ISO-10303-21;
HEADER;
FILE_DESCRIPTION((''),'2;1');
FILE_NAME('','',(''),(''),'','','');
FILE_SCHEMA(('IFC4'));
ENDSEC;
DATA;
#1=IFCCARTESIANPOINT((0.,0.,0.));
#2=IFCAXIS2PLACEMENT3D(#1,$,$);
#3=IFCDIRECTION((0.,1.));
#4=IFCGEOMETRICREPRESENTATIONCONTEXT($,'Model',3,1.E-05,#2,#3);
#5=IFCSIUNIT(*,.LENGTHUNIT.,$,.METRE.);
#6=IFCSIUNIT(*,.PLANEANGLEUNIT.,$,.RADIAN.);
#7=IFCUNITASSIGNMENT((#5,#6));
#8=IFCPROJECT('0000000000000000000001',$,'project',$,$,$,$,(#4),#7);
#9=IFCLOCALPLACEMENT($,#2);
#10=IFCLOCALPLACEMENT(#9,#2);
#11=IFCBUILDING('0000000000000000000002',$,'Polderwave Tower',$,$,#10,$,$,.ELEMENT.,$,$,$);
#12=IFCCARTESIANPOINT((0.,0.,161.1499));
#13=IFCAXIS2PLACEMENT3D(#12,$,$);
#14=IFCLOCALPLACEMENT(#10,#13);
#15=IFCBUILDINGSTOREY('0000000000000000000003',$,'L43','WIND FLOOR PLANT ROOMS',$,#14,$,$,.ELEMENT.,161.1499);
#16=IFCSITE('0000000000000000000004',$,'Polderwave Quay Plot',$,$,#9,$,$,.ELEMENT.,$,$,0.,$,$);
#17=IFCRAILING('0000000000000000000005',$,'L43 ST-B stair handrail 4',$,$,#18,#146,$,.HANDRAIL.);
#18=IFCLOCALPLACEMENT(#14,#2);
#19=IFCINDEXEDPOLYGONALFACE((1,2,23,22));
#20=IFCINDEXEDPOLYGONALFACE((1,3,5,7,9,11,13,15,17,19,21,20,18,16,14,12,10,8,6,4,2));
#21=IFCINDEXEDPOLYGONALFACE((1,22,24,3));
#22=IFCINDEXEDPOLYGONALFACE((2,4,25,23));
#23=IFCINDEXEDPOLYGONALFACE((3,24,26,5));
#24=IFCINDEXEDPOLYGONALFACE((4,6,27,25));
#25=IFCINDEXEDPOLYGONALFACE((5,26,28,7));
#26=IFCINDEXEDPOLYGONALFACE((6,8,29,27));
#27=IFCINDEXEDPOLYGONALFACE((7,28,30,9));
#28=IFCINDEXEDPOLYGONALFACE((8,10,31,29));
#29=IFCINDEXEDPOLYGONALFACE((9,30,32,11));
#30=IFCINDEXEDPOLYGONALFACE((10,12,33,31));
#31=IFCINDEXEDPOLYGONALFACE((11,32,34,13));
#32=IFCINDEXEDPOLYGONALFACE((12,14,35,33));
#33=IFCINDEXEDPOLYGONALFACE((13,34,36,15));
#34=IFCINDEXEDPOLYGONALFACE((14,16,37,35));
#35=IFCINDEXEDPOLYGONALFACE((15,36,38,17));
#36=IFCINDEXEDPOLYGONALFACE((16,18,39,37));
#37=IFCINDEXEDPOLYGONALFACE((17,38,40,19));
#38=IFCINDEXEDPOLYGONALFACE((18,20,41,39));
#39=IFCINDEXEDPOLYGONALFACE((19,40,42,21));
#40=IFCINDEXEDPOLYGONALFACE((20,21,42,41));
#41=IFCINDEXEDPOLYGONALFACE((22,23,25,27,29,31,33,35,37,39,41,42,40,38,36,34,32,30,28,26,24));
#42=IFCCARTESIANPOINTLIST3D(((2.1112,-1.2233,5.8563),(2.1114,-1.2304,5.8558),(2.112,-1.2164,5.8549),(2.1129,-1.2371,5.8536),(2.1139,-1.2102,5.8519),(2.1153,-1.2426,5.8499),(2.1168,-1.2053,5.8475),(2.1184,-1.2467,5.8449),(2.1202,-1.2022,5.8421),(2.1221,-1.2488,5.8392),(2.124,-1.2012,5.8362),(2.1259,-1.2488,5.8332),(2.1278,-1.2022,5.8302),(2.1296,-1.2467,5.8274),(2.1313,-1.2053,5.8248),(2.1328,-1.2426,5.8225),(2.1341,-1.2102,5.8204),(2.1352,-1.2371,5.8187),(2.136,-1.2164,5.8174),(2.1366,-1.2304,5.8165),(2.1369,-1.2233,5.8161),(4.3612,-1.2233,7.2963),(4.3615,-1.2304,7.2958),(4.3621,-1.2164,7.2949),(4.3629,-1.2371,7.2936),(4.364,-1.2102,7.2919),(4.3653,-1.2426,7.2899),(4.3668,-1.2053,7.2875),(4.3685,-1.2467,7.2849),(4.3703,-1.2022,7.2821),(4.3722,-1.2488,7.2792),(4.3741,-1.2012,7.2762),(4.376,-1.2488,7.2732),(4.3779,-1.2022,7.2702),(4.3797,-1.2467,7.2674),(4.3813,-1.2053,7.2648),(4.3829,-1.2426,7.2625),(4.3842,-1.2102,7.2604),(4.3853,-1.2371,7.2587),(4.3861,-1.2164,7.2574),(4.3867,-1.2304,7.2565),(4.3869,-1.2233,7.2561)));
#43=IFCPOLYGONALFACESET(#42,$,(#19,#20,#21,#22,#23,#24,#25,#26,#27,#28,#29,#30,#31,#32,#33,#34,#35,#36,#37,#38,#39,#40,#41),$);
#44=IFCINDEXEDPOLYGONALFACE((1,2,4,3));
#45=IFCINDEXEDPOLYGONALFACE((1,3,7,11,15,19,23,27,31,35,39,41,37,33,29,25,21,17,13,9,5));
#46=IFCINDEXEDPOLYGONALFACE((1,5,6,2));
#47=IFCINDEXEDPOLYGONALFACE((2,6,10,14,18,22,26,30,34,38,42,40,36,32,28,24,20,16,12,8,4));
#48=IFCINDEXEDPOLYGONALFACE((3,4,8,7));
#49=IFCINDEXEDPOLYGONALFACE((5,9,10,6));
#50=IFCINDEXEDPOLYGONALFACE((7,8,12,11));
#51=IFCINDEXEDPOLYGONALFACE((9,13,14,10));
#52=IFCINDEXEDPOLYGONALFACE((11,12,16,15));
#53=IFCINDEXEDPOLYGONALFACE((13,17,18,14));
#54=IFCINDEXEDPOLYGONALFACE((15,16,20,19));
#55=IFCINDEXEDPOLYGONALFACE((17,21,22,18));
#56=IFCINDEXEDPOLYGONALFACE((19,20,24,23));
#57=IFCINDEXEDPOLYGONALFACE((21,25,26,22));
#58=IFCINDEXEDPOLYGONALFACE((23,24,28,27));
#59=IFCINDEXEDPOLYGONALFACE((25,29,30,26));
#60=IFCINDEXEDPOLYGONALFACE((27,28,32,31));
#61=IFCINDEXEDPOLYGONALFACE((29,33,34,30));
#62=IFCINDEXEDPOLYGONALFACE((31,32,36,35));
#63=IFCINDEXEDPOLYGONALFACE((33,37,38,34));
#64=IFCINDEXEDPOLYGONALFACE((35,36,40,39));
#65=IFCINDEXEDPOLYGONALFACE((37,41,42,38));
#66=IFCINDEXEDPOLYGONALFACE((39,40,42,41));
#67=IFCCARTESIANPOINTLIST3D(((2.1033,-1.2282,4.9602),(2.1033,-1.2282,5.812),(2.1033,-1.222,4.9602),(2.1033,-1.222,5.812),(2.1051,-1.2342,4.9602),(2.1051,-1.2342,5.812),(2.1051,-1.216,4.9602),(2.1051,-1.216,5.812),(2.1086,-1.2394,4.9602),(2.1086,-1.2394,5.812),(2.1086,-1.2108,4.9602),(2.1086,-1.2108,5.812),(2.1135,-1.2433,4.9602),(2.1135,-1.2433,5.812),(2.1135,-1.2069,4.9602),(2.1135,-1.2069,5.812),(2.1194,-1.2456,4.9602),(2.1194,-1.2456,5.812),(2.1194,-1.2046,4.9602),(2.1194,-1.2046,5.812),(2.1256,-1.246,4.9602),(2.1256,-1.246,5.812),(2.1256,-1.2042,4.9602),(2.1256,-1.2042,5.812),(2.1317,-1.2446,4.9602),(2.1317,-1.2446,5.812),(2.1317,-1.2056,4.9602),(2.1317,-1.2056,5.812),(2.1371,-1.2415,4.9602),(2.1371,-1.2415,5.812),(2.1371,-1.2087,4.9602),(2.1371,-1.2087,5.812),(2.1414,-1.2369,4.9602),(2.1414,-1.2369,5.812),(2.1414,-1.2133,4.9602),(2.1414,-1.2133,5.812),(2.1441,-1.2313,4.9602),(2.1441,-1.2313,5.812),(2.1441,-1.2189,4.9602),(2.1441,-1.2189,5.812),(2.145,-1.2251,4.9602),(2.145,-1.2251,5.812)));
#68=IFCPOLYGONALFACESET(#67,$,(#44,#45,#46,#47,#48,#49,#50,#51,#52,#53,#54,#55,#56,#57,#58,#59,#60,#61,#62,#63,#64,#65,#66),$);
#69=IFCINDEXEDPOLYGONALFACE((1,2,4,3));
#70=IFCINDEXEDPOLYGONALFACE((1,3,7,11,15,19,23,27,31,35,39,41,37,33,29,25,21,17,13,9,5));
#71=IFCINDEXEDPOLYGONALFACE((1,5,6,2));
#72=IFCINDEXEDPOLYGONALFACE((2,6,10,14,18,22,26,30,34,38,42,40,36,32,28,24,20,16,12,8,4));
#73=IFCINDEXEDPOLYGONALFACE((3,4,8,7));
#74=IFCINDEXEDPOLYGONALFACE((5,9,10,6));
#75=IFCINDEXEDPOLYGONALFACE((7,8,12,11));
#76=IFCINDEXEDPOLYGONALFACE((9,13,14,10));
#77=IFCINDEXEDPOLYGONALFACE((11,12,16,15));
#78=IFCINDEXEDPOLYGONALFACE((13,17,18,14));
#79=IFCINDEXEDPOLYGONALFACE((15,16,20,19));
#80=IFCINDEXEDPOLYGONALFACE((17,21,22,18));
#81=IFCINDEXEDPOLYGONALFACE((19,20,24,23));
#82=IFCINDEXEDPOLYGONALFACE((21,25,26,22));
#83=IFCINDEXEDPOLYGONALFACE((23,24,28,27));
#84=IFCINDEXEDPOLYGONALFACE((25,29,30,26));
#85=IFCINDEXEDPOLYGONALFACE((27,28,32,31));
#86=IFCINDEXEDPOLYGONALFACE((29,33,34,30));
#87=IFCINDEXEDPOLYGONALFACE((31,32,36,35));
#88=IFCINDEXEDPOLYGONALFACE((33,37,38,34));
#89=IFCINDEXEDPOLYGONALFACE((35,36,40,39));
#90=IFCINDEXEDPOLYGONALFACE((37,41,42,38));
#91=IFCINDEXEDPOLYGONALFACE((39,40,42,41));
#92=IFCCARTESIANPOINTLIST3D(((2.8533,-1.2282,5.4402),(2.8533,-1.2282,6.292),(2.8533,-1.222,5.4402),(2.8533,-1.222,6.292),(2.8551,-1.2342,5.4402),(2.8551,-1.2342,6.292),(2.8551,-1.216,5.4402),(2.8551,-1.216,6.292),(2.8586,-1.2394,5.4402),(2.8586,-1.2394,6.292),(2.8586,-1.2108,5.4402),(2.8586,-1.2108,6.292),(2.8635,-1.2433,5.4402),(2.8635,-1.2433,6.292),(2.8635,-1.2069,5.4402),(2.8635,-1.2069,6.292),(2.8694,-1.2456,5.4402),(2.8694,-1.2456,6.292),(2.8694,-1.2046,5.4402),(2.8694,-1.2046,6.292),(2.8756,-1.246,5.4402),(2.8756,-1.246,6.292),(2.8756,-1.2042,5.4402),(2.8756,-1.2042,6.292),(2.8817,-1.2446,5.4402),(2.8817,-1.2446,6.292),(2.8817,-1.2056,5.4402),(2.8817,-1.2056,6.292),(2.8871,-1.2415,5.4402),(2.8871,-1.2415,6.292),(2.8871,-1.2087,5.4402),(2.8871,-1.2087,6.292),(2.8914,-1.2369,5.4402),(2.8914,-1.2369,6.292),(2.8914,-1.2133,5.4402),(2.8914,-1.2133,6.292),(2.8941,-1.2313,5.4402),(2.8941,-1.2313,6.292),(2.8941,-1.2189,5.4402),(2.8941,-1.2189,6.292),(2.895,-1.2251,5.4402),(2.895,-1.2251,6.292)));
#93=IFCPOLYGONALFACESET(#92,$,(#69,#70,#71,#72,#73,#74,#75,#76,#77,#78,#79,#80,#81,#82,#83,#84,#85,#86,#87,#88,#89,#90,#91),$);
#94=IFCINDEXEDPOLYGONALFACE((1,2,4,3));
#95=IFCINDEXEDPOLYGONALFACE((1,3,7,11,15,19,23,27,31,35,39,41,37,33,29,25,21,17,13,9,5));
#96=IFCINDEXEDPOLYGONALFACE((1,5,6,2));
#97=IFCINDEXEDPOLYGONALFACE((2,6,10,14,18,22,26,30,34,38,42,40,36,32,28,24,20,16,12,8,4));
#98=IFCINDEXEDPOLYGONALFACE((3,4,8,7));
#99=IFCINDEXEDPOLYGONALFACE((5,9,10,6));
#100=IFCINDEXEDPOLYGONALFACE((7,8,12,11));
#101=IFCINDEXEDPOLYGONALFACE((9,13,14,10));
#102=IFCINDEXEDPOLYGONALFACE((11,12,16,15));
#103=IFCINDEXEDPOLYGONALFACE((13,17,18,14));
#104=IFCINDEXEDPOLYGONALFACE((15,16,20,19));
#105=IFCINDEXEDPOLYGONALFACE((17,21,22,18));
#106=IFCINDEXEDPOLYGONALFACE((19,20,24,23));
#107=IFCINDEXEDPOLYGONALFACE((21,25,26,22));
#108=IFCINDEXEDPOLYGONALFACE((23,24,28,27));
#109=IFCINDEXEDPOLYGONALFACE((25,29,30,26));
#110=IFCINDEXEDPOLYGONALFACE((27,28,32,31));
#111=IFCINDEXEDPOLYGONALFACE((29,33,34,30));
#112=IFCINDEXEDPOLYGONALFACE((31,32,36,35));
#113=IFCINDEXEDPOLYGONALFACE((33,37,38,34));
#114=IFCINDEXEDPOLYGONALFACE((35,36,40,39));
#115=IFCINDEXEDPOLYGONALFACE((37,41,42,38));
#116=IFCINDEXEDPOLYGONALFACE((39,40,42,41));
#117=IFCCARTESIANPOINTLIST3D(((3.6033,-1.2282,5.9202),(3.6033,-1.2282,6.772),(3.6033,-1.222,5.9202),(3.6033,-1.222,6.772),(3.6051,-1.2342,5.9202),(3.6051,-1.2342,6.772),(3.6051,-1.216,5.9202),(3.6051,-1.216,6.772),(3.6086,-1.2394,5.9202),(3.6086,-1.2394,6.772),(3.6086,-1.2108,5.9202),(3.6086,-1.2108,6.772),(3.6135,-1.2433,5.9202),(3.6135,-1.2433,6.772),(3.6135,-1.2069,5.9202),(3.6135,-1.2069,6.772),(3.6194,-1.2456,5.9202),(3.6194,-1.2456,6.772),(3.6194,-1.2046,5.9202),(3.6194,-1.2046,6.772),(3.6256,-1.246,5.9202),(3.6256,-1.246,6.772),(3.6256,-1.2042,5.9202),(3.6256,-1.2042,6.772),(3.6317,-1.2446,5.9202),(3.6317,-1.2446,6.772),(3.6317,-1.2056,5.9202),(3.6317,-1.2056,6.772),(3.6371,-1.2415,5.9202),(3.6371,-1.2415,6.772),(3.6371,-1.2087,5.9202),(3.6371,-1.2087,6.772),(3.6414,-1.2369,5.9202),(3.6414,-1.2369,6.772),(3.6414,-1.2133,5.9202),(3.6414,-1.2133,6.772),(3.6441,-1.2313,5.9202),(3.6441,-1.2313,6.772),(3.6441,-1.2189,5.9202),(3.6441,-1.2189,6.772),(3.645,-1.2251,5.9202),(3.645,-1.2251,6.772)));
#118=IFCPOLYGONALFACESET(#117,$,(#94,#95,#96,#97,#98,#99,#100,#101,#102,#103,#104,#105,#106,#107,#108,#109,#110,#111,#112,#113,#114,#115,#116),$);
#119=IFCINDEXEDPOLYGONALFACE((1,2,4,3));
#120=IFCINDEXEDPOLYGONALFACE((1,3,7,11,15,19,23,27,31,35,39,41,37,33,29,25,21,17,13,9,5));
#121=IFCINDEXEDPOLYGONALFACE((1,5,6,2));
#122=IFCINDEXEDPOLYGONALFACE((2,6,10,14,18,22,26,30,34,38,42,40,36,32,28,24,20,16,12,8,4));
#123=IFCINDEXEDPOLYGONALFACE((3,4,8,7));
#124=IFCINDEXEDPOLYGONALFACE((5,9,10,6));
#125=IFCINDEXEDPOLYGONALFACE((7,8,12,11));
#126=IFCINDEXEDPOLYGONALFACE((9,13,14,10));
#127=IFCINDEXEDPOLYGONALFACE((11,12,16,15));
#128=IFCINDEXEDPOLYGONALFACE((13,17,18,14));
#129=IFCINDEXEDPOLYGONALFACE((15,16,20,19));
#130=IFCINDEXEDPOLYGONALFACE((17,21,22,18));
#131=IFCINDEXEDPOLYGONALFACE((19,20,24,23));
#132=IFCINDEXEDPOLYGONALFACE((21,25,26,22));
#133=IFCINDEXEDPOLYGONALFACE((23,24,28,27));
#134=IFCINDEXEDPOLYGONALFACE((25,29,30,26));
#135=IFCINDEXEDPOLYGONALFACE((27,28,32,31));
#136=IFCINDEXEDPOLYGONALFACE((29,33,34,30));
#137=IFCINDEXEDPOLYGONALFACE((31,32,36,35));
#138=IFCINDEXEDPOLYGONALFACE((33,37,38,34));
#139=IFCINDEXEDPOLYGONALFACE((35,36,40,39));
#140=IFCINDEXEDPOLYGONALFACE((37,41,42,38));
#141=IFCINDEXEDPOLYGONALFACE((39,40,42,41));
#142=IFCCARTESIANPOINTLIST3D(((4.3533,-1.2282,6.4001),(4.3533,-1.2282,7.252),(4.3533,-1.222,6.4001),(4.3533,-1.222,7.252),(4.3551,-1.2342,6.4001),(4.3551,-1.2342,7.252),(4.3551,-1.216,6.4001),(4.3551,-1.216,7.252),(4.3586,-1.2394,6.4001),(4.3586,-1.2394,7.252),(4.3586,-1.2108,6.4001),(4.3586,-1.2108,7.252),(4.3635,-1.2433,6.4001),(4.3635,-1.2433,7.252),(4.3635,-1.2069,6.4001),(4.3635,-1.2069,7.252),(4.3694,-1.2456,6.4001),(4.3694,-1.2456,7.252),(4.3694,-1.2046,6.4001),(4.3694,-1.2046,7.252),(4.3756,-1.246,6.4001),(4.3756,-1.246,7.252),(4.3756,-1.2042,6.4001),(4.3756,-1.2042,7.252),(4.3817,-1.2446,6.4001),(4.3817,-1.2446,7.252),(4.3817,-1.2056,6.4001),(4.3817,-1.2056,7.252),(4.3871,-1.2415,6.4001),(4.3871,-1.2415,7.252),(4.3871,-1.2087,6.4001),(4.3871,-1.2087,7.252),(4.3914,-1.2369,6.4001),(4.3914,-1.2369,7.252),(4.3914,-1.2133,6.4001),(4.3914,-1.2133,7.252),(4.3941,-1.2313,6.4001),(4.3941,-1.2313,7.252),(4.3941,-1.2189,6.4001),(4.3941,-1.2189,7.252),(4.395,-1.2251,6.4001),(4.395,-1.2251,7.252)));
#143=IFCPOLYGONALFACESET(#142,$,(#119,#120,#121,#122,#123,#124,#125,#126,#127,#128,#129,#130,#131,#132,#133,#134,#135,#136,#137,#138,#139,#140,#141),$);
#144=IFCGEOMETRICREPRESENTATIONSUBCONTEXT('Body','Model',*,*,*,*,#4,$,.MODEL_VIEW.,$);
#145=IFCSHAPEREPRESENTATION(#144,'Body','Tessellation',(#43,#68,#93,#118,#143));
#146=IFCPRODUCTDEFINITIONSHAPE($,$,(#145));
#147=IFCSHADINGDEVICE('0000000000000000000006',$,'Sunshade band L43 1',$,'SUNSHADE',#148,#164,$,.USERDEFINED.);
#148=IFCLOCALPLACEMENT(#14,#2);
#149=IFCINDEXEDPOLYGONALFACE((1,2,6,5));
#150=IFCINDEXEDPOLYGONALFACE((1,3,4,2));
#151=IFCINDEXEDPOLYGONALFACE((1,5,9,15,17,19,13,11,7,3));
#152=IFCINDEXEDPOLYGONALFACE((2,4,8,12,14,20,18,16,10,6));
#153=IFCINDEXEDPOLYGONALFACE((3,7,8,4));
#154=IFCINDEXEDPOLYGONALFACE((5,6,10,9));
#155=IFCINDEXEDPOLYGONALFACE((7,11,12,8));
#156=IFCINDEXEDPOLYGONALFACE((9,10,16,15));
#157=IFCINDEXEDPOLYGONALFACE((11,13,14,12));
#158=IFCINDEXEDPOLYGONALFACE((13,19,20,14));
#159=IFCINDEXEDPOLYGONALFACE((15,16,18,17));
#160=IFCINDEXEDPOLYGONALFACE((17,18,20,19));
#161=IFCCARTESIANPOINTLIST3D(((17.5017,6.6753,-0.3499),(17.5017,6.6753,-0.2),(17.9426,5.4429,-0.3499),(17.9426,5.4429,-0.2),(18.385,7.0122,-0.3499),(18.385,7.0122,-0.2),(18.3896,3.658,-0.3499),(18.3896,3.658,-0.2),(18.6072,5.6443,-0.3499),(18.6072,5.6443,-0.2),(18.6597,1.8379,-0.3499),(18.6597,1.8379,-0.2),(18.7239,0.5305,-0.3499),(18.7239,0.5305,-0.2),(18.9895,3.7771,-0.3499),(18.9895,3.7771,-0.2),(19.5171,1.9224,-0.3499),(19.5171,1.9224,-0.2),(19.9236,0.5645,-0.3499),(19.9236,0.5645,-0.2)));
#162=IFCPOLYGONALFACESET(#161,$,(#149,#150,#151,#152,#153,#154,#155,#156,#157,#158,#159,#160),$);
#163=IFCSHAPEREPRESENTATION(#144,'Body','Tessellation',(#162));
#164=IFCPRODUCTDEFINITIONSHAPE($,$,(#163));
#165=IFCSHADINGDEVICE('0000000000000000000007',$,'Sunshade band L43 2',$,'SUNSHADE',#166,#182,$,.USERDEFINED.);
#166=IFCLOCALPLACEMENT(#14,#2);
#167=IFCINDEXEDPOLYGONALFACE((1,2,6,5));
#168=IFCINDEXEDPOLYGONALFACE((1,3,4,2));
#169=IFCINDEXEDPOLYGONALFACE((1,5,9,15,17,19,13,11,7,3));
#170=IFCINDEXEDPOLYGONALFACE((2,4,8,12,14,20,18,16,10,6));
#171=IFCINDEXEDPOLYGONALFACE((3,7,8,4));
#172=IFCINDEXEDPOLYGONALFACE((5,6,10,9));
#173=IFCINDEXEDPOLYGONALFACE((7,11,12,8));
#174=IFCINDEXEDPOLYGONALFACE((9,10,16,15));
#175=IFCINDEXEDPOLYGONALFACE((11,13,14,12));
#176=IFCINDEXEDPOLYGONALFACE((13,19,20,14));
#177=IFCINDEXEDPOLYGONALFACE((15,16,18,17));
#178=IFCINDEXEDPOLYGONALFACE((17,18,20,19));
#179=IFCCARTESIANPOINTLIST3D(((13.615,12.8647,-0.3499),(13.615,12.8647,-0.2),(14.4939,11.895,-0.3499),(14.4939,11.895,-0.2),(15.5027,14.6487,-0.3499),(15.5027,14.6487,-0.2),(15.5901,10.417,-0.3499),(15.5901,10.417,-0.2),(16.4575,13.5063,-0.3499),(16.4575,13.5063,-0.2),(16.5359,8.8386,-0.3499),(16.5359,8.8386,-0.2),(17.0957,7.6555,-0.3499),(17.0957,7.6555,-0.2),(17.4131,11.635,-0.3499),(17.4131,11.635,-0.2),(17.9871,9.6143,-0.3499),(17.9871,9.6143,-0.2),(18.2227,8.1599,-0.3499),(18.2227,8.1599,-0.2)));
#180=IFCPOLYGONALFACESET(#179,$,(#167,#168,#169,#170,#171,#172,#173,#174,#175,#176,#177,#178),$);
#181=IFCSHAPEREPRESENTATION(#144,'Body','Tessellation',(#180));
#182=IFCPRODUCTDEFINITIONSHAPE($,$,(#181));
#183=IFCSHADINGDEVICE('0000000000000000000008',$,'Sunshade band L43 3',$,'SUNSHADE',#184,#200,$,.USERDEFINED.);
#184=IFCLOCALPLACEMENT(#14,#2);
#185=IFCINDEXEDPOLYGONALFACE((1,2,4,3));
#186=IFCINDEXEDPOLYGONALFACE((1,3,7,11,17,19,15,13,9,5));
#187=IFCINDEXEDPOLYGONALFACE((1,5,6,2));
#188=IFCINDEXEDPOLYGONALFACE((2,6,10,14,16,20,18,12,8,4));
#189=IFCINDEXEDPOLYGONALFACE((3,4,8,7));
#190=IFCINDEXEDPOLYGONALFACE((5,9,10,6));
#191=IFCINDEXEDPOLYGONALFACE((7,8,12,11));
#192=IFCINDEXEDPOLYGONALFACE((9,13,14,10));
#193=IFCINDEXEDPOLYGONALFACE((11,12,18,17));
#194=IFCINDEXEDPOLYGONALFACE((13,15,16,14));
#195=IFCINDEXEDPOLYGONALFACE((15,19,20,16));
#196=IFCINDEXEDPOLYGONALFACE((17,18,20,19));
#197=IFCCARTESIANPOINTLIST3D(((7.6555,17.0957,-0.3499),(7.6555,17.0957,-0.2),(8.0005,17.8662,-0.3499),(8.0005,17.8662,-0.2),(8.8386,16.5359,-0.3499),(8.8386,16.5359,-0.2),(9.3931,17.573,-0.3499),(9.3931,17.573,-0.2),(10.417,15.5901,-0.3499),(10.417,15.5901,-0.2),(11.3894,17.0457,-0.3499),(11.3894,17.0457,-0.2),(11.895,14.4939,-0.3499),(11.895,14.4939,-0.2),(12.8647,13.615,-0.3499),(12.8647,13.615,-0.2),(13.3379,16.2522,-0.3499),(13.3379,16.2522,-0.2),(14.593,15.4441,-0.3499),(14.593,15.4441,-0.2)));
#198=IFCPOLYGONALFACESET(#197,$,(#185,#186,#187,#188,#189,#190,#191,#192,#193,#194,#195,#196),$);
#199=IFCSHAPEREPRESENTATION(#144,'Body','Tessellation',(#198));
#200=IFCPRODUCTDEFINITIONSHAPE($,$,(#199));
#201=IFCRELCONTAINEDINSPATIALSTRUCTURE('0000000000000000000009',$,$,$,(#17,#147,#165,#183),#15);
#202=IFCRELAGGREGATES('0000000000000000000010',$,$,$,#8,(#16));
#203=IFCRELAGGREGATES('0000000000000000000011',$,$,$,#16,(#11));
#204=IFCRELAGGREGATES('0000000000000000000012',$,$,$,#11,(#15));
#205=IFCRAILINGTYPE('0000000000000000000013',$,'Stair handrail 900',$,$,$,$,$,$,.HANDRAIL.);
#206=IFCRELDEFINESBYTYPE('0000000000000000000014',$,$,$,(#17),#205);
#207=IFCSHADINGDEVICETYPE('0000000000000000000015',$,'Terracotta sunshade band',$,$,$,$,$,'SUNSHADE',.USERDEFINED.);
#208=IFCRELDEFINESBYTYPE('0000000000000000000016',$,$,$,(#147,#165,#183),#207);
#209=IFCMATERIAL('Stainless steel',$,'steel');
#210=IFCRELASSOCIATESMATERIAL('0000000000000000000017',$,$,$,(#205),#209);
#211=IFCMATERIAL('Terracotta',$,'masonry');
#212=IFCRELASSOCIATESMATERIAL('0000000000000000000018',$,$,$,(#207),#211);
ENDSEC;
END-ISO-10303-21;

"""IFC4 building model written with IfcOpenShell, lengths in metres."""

from ifc_helpers import new_model, si_unit, direction, frame, origin, origin_2d, place, context, subcontext, project, spatial, polyline, circle, outline, extrude, material, type_object, element, save


model = new_model("IFC4")

# Units and contexts
model_context = context("Model", 3, precision=1e-05, world=origin(), true_north=direction((0.0, 1.0)))
body_context = subcontext(model_context, "Body", "Model", "MODEL_VIEW")
ifc_project = project(units=[si_unit("LENGTHUNIT", "METRE"), si_unit("PLANEANGLEUNIT", "RADIAN")], contexts=[model_context])

# Site, building, storey
site_placement = place(None, origin())
site = spatial("IfcSite", under=ifc_project, at=site_placement, Name="Polderwave Quay Plot", CompositionType="ELEMENT", RefElevation=0.0)
building_placement = place(site_placement, origin())
building = spatial("IfcBuilding", under=site, at=building_placement, Name="Polderwave Tower", CompositionType="ELEMENT")
storey_placement = place(building_placement, frame((0.0, 0.0, 161.1499)))
storey = spatial("IfcBuildingStorey", under=building, at=storey_placement, Name="L43", Description="WIND FLOOR PLANT ROOMS", CompositionType="ELEMENT", Elevation=161.1499)

# Railing
ifc_material_1 = material(Name="Stainless steel", Category="steel")
railing_type_1 = type_object("IfcRailingType", Name="Stair handrail 900", PredefinedType="HANDRAIL", material=ifc_material_1)
railing_1_placement = place(storey_placement, frame((2.124, -1.2251, 4.9602)))
element("IfcRailing", 1, at=railing_1_placement, inside=storey, type_object=railing_type_1, Name="L43 ST-B stair handrail 4", PredefinedType="HANDRAIL", context=body_context, shape_type="SweptSolid", body=[
    extrude(circle(Radius=0.0239, at=origin_2d()), frame((0.0, 0.0, 0.876), z_axis=(0.842281, 0.0, 0.539038), x_axis=(0.0, 1.0, 0.0)), (0.0, 0.0, 1.0), 2.6714),
    extrude(circle(Radius=0.021, at=origin_2d()), origin(), (0.0, 0.0, 1.0), 0.8518),
    extrude(circle(Radius=0.021, at=origin_2d()), frame((0.75, 0.0, 0.48)), (0.0, 0.0, 1.0), 0.8518),
    extrude(circle(Radius=0.021, at=origin_2d()), frame((1.5, 0.0, 0.96)), (0.0, 0.0, 1.0), 0.8518),
    extrude(circle(Radius=0.021, at=origin_2d()), frame((2.25, 0.0, 1.4399)), (0.0, 0.0, 1.0), 0.8518),
])

# Shading devices
ifc_material_2 = material(Name="Terracotta", Category="masonry")
shading_device_type = type_object("IfcShadingDeviceType", Name="Terracotta sunshade band", ElementType="SUNSHADE", PredefinedType="USERDEFINED", material=ifc_material_2)
shading_device_1_placement = place(storey_placement, frame((0.0, 0.0, -0.3499)))
element("IfcShadingDevice", 2, at=shading_device_1_placement, inside=storey, type_object=shading_device_type, Name="Sunshade band L43 1", ObjectType="SUNSHADE", PredefinedType="USERDEFINED", context=body_context, shape_type="SweptSolid", body=[
    extrude(outline(polyline([(18.7239, 0.5305), (18.6597, 1.8379), (18.3896, 3.658), (17.9426, 5.4429), (17.5017, 6.6753), (18.385, 7.0122), (18.6072, 5.6443), (18.9895, 3.7771), (19.5171, 1.9224), (19.9236, 0.5645), (18.7239, 0.5305)])), origin(), (0.0, 0.0, 1.0), 0.1499),
])
shading_device_2_placement = place(storey_placement, frame((0.0, 0.0, -0.3499)))
element("IfcShadingDevice", 3, at=shading_device_2_placement, inside=storey, type_object=shading_device_type, Name="Sunshade band L43 2", ObjectType="SUNSHADE", PredefinedType="USERDEFINED", context=body_context, shape_type="SweptSolid", body=[
    extrude(outline(polyline([(17.0957, 7.6555), (16.5359, 8.8386), (15.5901, 10.417), (14.4939, 11.895), (13.615, 12.8647), (15.5027, 14.6487), (16.4575, 13.5063), (17.4131, 11.635), (17.9871, 9.6143), (18.2227, 8.1599), (17.0957, 7.6555)])), origin(), (0.0, 0.0, 1.0), 0.1499),
])
shading_device_3_placement = place(storey_placement, frame((0.0, 0.0, -0.3499)))
element("IfcShadingDevice", 4, at=shading_device_3_placement, inside=storey, type_object=shading_device_type, Name="Sunshade band L43 3", ObjectType="SUNSHADE", PredefinedType="USERDEFINED", context=body_context, shape_type="SweptSolid", body=[
    extrude(outline(polyline([(12.8647, 13.615), (11.895, 14.4939), (10.417, 15.5901), (8.8386, 16.5359), (7.6555, 17.0957), (8.0005, 17.8662), (9.3931, 17.573), (11.3894, 17.0457), (13.3379, 16.2522), (14.593, 15.4441), (12.8647, 13.615)])), origin(), (0.0, 0.0, 1.0), 0.1499),
])

save(model, "model.ifc")
